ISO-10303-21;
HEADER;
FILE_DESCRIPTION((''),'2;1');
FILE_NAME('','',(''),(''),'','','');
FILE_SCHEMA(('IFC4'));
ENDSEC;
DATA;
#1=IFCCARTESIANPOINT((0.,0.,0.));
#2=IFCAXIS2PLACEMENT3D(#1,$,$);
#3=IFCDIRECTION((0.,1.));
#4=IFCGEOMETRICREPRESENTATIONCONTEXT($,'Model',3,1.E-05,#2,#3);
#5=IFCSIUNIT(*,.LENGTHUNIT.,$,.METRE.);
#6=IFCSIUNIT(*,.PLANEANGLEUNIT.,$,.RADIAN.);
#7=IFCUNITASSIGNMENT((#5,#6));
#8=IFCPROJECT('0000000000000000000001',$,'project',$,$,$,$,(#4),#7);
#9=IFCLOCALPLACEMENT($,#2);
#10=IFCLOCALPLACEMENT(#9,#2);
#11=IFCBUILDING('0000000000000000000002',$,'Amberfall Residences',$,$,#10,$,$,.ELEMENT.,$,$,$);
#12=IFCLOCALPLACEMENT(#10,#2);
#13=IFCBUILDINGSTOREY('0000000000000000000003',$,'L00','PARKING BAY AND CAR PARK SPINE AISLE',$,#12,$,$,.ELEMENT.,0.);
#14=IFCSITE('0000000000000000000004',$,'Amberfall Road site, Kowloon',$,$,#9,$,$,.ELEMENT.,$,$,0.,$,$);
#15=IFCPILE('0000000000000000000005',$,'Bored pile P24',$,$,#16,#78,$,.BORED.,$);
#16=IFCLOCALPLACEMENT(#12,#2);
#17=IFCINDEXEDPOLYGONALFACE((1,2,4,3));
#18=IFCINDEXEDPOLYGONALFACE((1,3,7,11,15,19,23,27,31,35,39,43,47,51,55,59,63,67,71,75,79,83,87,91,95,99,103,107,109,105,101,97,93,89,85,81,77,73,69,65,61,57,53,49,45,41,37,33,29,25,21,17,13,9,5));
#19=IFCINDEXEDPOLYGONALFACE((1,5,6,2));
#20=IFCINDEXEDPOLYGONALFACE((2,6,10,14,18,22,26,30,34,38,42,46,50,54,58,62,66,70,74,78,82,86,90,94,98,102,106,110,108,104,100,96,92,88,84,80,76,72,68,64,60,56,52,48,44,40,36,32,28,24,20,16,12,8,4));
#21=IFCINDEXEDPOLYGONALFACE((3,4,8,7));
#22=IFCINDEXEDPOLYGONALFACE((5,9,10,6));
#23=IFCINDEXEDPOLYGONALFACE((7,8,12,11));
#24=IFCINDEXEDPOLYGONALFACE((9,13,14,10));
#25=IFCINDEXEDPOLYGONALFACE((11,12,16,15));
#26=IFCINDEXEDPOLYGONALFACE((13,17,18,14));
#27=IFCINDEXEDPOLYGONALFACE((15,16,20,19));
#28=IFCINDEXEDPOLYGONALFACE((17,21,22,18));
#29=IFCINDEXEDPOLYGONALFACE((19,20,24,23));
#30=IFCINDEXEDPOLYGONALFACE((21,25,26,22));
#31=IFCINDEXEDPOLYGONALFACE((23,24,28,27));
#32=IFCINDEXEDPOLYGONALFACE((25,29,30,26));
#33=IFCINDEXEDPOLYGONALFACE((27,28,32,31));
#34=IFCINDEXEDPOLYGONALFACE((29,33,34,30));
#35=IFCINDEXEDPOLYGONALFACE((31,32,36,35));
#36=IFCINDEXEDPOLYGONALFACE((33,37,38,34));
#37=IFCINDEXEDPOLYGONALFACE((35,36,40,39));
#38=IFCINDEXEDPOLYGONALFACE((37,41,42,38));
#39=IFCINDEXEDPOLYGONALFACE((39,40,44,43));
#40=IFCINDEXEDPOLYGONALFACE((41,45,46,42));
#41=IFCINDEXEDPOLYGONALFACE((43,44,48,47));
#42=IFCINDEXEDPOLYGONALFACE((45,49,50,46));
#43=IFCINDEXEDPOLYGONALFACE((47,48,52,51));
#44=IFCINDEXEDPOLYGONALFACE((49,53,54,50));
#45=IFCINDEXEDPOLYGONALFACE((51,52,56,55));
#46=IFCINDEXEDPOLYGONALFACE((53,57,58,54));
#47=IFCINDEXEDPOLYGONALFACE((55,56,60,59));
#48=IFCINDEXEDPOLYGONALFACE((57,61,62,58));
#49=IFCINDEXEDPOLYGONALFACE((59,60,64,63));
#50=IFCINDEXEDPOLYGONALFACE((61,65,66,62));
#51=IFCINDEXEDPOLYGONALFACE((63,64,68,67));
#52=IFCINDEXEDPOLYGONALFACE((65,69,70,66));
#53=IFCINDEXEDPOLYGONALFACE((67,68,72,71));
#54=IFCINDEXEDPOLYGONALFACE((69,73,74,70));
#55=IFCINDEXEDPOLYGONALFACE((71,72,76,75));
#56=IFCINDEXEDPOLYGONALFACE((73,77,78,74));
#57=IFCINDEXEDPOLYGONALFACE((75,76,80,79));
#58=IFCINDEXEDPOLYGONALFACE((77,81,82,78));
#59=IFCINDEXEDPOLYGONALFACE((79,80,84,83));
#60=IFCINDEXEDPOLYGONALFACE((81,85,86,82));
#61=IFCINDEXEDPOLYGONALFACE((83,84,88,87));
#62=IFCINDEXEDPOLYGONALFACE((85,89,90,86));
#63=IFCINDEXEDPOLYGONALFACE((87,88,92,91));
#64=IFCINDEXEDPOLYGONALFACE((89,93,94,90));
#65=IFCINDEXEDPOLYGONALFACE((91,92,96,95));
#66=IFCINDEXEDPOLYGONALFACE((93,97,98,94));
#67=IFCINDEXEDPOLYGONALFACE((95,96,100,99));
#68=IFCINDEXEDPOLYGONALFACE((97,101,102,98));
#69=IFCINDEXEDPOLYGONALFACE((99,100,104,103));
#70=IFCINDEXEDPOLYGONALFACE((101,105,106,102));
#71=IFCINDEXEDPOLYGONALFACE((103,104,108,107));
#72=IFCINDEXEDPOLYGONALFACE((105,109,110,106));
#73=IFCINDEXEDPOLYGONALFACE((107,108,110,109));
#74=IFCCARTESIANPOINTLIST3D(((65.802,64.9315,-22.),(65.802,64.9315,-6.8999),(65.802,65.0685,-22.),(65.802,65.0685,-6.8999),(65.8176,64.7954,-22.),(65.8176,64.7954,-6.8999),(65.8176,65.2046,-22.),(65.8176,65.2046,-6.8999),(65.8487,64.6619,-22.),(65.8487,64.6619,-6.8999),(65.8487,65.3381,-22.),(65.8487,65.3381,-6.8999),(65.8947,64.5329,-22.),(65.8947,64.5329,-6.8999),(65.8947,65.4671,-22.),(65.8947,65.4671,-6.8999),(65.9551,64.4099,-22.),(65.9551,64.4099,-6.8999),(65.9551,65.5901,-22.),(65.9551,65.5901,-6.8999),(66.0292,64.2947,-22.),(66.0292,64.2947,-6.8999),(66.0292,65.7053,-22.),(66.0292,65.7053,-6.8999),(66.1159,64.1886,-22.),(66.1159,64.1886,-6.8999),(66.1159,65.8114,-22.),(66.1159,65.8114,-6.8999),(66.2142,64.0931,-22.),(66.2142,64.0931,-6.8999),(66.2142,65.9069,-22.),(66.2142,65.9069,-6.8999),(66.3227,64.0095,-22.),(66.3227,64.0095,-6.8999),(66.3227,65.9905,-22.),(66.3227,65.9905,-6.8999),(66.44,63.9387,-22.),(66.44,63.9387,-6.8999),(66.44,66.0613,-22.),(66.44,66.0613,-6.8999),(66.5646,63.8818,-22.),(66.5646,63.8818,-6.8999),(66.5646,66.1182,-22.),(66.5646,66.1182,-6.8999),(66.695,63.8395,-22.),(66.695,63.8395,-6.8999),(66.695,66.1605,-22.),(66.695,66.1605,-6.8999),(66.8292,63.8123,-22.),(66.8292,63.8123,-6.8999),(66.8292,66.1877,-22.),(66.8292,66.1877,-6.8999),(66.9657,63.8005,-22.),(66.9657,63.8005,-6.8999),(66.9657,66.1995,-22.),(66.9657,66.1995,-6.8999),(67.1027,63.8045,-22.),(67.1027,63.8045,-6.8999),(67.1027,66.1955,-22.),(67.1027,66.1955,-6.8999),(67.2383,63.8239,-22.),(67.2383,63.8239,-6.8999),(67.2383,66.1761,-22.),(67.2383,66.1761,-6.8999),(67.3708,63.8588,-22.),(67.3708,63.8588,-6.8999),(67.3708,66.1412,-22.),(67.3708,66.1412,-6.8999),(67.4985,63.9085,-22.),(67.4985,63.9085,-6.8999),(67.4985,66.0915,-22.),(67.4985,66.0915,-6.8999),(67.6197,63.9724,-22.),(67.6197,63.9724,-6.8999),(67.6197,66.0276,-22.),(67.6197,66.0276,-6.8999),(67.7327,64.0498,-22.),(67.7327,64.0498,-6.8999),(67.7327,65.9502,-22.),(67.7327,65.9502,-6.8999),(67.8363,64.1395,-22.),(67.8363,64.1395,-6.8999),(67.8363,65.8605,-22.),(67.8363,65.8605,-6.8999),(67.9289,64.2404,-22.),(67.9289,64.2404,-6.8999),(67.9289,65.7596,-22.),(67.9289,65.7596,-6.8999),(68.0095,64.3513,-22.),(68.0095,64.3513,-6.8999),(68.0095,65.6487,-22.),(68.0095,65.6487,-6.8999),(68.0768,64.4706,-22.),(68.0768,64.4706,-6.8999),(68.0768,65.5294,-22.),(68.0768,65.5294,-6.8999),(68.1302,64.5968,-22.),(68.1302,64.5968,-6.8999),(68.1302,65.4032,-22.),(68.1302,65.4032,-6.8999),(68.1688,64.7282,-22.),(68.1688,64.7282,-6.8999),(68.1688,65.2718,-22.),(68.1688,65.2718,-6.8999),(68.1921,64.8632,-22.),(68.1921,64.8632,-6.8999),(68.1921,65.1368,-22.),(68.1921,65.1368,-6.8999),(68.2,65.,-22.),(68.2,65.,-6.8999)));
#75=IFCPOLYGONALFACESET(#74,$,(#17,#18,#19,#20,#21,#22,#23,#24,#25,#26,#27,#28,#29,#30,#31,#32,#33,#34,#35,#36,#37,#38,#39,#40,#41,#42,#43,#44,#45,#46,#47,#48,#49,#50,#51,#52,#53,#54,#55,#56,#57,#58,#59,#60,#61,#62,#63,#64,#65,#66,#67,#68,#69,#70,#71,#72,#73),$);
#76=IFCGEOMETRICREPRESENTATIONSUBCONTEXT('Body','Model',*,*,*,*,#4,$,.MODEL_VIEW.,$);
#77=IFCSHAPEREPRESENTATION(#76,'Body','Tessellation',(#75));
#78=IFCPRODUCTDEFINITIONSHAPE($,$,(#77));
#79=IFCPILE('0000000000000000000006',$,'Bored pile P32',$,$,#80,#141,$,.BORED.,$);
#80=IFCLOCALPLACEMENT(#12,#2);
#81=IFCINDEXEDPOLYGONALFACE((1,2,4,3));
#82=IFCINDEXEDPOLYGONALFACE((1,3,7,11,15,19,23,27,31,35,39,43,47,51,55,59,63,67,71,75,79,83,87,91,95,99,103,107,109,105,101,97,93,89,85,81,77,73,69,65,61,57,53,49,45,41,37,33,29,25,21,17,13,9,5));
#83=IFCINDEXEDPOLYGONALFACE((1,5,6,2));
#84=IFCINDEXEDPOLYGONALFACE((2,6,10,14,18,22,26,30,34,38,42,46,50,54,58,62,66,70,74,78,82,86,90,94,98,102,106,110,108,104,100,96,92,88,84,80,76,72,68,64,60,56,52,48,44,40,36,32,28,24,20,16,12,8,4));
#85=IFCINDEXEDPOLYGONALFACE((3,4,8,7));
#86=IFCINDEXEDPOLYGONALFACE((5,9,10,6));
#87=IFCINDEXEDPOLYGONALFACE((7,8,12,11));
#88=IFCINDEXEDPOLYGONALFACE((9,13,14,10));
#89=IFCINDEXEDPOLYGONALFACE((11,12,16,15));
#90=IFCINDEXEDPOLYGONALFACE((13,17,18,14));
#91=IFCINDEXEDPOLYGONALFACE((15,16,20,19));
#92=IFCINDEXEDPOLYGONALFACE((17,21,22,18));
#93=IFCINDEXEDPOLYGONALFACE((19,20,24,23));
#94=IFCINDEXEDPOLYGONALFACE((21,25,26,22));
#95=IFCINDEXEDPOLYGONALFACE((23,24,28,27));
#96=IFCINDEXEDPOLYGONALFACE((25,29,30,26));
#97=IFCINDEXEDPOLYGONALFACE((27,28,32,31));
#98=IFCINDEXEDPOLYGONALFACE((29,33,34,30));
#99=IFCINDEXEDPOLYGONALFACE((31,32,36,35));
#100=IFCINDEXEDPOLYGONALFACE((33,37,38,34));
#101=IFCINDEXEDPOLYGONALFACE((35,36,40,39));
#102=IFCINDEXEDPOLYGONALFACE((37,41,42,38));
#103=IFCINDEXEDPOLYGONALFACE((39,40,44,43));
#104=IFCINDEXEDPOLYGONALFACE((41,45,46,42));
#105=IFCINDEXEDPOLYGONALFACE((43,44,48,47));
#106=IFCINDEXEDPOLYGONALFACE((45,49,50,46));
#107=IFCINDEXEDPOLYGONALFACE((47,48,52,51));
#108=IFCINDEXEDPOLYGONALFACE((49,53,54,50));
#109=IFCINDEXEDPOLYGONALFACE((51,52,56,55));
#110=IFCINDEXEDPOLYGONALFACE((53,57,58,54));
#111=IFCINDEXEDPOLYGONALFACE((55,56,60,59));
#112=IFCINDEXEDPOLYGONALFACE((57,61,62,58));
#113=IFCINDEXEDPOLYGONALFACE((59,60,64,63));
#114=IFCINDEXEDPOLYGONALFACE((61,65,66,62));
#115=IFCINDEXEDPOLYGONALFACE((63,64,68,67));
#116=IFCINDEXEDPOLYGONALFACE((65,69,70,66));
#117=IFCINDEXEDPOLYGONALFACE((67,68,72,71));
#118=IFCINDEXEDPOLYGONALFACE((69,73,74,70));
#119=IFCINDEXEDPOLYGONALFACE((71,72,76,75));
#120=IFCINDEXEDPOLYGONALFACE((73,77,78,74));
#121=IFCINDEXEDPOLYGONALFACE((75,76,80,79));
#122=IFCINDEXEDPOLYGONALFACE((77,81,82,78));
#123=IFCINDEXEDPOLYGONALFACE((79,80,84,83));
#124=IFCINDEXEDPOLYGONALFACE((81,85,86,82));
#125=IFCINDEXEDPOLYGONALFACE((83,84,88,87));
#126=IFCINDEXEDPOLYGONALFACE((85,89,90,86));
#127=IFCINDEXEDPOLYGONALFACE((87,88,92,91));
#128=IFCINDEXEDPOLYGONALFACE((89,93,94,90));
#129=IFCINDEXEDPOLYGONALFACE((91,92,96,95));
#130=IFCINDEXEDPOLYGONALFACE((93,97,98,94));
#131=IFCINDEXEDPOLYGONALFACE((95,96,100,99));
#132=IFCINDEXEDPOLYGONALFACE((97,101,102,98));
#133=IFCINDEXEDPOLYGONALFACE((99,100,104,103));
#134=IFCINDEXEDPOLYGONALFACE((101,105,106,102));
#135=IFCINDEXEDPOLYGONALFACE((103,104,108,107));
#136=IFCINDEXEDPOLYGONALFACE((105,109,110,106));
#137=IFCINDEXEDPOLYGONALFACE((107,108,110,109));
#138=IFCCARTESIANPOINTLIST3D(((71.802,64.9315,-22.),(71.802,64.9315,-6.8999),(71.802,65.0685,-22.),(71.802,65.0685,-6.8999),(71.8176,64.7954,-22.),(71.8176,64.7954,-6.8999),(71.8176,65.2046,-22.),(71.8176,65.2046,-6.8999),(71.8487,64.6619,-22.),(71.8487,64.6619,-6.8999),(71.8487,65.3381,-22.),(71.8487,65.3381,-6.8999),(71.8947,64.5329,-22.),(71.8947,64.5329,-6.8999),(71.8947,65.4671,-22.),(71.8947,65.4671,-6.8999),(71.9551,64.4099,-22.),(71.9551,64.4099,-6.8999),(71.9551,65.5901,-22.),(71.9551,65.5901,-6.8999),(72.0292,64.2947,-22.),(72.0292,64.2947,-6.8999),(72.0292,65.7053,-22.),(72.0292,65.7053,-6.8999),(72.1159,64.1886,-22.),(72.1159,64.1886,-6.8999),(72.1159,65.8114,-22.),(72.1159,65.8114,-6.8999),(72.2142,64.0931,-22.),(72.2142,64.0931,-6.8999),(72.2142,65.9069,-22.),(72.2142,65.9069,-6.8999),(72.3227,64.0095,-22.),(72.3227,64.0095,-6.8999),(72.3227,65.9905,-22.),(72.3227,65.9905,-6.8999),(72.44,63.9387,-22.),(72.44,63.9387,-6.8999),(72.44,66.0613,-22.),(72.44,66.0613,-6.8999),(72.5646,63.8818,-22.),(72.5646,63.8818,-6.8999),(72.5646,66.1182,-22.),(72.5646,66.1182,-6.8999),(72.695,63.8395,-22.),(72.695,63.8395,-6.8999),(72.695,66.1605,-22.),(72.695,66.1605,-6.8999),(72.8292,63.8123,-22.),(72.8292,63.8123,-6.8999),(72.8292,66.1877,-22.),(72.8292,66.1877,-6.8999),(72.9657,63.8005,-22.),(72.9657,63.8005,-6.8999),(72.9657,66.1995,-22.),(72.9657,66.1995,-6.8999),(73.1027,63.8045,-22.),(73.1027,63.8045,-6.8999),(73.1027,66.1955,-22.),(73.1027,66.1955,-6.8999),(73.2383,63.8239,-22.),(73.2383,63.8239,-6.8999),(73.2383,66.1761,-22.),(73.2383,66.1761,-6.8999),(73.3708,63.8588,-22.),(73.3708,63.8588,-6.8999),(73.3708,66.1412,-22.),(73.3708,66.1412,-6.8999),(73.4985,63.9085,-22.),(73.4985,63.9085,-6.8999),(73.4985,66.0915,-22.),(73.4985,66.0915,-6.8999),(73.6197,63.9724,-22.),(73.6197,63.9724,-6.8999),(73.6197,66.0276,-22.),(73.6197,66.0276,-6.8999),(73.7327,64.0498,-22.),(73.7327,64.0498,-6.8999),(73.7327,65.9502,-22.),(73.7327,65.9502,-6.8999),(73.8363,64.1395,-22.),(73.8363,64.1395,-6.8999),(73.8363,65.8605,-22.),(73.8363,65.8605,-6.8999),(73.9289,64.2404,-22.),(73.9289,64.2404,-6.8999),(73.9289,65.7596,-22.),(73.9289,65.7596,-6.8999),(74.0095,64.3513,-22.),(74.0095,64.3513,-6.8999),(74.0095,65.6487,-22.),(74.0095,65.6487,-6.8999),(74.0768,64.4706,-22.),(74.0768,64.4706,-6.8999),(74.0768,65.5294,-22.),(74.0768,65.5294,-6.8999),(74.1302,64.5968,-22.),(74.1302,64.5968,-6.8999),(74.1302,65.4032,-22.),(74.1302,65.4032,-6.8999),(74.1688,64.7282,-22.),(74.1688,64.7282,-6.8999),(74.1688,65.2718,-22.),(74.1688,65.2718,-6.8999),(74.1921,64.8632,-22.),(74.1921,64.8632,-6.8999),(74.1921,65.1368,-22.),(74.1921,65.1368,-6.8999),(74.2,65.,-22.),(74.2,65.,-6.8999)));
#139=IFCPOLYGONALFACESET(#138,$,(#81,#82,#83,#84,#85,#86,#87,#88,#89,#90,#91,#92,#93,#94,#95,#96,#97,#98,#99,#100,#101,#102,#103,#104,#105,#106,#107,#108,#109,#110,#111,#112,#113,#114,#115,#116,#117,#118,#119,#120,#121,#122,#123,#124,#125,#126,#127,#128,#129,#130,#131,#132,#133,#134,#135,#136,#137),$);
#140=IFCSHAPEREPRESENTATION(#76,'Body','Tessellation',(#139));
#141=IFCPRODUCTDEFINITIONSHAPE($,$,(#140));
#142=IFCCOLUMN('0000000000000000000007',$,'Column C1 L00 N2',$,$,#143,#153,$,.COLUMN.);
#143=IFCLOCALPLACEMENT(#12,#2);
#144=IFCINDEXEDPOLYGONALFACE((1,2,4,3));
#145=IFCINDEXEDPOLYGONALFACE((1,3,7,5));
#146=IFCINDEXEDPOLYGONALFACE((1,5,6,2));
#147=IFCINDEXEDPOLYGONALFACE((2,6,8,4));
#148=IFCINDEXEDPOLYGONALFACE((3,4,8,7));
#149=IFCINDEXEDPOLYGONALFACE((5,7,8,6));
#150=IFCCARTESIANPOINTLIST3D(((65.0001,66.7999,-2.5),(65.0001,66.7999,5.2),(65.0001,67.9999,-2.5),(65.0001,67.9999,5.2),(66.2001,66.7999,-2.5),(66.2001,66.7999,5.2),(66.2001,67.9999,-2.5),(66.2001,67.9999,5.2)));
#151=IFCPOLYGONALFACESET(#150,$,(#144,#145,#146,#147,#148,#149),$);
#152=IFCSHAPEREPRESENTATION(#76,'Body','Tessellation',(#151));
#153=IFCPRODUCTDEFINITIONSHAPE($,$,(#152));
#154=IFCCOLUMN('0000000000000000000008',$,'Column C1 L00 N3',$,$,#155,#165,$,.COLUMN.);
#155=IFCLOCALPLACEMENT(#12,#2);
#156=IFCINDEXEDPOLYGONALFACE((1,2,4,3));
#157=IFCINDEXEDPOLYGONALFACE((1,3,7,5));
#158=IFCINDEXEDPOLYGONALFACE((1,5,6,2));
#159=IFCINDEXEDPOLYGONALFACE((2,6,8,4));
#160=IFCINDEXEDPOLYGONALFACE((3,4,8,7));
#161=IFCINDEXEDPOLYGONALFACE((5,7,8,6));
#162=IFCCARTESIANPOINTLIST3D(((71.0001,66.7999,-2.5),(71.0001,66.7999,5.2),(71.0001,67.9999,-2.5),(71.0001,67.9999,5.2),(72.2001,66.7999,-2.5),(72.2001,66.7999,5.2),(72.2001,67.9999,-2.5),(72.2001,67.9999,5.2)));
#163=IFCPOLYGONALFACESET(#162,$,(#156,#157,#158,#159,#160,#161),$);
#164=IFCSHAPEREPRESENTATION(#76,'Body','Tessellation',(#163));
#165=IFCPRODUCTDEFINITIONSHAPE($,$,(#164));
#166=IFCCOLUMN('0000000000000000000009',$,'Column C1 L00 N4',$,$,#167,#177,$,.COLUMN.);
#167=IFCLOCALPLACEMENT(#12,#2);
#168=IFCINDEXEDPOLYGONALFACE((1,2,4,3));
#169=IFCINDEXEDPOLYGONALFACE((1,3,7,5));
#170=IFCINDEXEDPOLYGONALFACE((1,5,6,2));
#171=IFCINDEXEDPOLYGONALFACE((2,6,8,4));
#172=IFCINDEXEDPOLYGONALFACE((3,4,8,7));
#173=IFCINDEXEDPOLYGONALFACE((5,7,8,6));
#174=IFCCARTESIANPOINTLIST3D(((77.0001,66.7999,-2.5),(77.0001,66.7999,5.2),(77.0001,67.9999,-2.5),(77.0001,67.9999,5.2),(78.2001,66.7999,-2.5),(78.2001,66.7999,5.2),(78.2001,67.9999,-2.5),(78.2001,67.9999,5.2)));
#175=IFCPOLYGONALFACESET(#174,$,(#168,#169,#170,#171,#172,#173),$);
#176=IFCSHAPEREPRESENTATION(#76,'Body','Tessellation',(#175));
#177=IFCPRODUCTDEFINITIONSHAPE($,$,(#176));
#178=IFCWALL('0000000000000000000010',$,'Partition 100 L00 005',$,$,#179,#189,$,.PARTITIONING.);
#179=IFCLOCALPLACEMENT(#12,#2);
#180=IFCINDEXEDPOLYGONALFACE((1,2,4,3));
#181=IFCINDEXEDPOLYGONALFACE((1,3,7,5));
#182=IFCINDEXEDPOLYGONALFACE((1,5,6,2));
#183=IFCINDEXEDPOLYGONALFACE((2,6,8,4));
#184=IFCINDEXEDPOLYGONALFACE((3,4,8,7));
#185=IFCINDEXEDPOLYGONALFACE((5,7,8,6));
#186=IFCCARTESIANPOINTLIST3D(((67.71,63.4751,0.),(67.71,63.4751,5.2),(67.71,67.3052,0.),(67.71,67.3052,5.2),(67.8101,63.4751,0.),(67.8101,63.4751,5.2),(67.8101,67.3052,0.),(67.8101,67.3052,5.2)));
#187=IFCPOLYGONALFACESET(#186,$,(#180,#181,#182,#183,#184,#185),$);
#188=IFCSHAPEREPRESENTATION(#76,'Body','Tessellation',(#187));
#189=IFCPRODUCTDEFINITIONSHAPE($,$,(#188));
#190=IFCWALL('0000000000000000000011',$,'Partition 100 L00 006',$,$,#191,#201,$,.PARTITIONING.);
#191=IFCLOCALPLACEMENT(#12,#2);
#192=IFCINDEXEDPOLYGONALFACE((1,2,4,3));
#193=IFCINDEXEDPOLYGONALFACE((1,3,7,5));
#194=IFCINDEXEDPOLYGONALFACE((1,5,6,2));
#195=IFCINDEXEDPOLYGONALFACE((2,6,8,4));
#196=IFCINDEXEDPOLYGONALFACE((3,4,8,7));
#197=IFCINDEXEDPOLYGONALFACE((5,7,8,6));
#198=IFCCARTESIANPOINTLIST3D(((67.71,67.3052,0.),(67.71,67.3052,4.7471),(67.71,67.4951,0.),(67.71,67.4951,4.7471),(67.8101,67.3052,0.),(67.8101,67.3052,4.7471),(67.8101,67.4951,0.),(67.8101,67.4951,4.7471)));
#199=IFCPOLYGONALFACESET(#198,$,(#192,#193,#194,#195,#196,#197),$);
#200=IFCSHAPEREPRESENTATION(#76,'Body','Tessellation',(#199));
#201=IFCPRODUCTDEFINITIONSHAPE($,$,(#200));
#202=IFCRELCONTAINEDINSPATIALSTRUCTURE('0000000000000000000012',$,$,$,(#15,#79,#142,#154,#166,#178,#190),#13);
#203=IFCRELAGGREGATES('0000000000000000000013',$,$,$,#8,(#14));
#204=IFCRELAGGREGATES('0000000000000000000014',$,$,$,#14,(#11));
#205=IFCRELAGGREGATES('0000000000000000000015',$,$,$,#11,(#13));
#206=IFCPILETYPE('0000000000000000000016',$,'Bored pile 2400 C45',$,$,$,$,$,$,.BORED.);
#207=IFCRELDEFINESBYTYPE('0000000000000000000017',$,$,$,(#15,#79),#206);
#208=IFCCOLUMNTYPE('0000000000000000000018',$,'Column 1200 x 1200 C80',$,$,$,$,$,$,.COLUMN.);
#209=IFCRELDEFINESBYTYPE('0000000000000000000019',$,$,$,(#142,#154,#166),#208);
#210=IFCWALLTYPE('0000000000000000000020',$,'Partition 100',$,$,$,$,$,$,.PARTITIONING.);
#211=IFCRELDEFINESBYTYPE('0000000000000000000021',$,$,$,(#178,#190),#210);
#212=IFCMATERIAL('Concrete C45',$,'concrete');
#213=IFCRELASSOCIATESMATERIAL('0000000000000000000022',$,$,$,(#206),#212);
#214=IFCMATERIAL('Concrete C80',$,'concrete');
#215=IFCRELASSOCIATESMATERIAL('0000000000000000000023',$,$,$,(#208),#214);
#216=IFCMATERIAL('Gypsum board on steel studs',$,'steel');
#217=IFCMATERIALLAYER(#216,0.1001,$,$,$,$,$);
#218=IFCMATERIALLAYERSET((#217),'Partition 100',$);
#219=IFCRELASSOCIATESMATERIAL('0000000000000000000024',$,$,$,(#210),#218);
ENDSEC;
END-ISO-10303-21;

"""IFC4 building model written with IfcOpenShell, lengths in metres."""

from ifc_helpers import new_model, si_unit, direction, frame, frame_2d, origin, origin_2d, place, context, subcontext, project, spatial, rectangle, circle, extrude, material, layer, layer_set, material_profile, profile_set, type_object, element, save


model = new_model("IFC4")

# Units and contexts
model_context = context("Model", 3, precision=1e-05, world=origin(), true_north=direction((0.0, 1.0)))
body_context = subcontext(model_context, "Body", "Model", "MODEL_VIEW")
ifc_project = project(units=[si_unit("LENGTHUNIT", "METRE"), si_unit("PLANEANGLEUNIT", "RADIAN")], contexts=[model_context])

# Site, building, storey
site_placement = place(None, origin())
site = spatial("IfcSite", under=ifc_project, at=site_placement, Name="Amberfall Road site, Kowloon", CompositionType="ELEMENT", RefElevation=0.0)
building_placement = place(site_placement, origin())
building = spatial("IfcBuilding", under=site, at=building_placement, Name="Amberfall Residences", CompositionType="ELEMENT")
storey_placement = place(building_placement, origin())
storey = spatial("IfcBuildingStorey", under=building, at=storey_placement, Name="L00", Description="PARKING BAY AND CAR PARK SPINE AISLE", CompositionType="ELEMENT", Elevation=0.0)

# Piles
ifc_material_1 = material(Name="Concrete C45", Category="concrete")
ifc_material_profile_1 = material_profile(ifc_material_1, circle(Radius=1.2, at=origin_2d()), Name="Bored pile 2400 C45")
ifc_profile_set_1 = profile_set([ifc_material_profile_1], Name="Concrete C45")
pile_type = type_object("IfcPileType", Name="Bored pile 2400 C45", PredefinedType="BORED", material=ifc_profile_set_1)
for number, where, z_axis, x_axis, name in (
    (1, (67.0, 65.0, -6.8999), (0.0, 0.0, -1.0), (1.0, 0.0, 0.0), "Bored pile P24"),
    (2, (73.0, 65.0, -6.8999), (0.0, 0.0, -1.0), (1.0, 0.0, 0.0), "Bored pile P32"),
):
    element("IfcPile", number, at=place(storey_placement, frame(where, z_axis=z_axis, x_axis=x_axis)), inside=storey, type_object=pile_type, Name=name, PredefinedType="BORED", context=body_context, shape_type="SweptSolid", body=[
        extrude(circle(Radius=1.2, at=origin_2d()), origin(), (0.0, 0.0, 1.0), 15.1001),
    ])

# Columns
ifc_material_2 = material(Name="Concrete C80", Category="concrete")
ifc_material_profile_2 = material_profile(ifc_material_2, rectangle(XDim=1.2, YDim=1.2, at=origin_2d()), Name="Column 1200 x 1200 C80")
ifc_profile_set_2 = profile_set([ifc_material_profile_2], Name="Concrete C80")
column_type = type_object("IfcColumnType", Name="Column 1200 x 1200 C80", PredefinedType="COLUMN", material=ifc_profile_set_2)
for number, where, z_axis, x_axis, name in (
    (3, (65.6001, 67.3999, -2.5), (0.0, 0.0, 1.0), (1.0, 0.0, 0.0), "Column C1 L00 N2"),
    (4, (71.6001, 67.3999, -2.5), (0.0, 0.0, 1.0), (1.0, 0.0, 0.0), "Column C1 L00 N3"),
    (5, (77.6001, 67.3999, -2.5), (0.0, 0.0, 1.0), (1.0, 0.0, 0.0), "Column C1 L00 N4"),
):
    element("IfcColumn", number, at=place(storey_placement, frame(where, z_axis=z_axis, x_axis=x_axis)), inside=storey, type_object=column_type, Name=name, PredefinedType="COLUMN", context=body_context, shape_type="SweptSolid", body=[
        extrude(rectangle(XDim=1.2, YDim=1.2, at=origin_2d()), origin(), (0.0, 0.0, 1.0), 7.7),
    ])

# Walls
ifc_material_3 = material(Name="Gypsum board on steel studs", Category="steel")
ifc_layer_1 = layer(ifc_material_3, 0.1001)
ifc_layer_set_1 = layer_set([ifc_layer_1], Name="Partition 100")
wall_type_1 = type_object("IfcWallType", Name="Partition 100", PredefinedType="PARTITIONING", material=ifc_layer_set_1)
wall_1_placement = place(storey_placement, frame((67.76, 63.4751, 0.0), z_axis=(0.0, 0.0, 1.0), x_axis=(0.0, 1.0, 0.0)))
element("IfcWall", 6, at=wall_1_placement, inside=storey, type_object=wall_type_1, Name="Partition 100 L00 005", PredefinedType="PARTITIONING", context=body_context, shape_type="SweptSolid", body=[
    extrude(rectangle(XDim=3.8301, YDim=0.1001, at=frame_2d((1.915, 0.0))), origin(), (0.0, 0.0, 1.0), 5.2),
])
wall_2_placement = place(storey_placement, frame((67.76, 67.3052, 0.0), z_axis=(0.0, 0.0, 1.0), x_axis=(0.0, 1.0, 0.0)))
element("IfcWall", 7, at=wall_2_placement, inside=storey, type_object=wall_type_1, Name="Partition 100 L00 006", PredefinedType="PARTITIONING", context=body_context, shape_type="SweptSolid", body=[
    extrude(rectangle(XDim=0.1899, YDim=0.1001, at=frame_2d((0.095, 0.0))), origin(), (0.0, 0.0, 1.0), 4.7471),
])

save(model, "model.ifc")
